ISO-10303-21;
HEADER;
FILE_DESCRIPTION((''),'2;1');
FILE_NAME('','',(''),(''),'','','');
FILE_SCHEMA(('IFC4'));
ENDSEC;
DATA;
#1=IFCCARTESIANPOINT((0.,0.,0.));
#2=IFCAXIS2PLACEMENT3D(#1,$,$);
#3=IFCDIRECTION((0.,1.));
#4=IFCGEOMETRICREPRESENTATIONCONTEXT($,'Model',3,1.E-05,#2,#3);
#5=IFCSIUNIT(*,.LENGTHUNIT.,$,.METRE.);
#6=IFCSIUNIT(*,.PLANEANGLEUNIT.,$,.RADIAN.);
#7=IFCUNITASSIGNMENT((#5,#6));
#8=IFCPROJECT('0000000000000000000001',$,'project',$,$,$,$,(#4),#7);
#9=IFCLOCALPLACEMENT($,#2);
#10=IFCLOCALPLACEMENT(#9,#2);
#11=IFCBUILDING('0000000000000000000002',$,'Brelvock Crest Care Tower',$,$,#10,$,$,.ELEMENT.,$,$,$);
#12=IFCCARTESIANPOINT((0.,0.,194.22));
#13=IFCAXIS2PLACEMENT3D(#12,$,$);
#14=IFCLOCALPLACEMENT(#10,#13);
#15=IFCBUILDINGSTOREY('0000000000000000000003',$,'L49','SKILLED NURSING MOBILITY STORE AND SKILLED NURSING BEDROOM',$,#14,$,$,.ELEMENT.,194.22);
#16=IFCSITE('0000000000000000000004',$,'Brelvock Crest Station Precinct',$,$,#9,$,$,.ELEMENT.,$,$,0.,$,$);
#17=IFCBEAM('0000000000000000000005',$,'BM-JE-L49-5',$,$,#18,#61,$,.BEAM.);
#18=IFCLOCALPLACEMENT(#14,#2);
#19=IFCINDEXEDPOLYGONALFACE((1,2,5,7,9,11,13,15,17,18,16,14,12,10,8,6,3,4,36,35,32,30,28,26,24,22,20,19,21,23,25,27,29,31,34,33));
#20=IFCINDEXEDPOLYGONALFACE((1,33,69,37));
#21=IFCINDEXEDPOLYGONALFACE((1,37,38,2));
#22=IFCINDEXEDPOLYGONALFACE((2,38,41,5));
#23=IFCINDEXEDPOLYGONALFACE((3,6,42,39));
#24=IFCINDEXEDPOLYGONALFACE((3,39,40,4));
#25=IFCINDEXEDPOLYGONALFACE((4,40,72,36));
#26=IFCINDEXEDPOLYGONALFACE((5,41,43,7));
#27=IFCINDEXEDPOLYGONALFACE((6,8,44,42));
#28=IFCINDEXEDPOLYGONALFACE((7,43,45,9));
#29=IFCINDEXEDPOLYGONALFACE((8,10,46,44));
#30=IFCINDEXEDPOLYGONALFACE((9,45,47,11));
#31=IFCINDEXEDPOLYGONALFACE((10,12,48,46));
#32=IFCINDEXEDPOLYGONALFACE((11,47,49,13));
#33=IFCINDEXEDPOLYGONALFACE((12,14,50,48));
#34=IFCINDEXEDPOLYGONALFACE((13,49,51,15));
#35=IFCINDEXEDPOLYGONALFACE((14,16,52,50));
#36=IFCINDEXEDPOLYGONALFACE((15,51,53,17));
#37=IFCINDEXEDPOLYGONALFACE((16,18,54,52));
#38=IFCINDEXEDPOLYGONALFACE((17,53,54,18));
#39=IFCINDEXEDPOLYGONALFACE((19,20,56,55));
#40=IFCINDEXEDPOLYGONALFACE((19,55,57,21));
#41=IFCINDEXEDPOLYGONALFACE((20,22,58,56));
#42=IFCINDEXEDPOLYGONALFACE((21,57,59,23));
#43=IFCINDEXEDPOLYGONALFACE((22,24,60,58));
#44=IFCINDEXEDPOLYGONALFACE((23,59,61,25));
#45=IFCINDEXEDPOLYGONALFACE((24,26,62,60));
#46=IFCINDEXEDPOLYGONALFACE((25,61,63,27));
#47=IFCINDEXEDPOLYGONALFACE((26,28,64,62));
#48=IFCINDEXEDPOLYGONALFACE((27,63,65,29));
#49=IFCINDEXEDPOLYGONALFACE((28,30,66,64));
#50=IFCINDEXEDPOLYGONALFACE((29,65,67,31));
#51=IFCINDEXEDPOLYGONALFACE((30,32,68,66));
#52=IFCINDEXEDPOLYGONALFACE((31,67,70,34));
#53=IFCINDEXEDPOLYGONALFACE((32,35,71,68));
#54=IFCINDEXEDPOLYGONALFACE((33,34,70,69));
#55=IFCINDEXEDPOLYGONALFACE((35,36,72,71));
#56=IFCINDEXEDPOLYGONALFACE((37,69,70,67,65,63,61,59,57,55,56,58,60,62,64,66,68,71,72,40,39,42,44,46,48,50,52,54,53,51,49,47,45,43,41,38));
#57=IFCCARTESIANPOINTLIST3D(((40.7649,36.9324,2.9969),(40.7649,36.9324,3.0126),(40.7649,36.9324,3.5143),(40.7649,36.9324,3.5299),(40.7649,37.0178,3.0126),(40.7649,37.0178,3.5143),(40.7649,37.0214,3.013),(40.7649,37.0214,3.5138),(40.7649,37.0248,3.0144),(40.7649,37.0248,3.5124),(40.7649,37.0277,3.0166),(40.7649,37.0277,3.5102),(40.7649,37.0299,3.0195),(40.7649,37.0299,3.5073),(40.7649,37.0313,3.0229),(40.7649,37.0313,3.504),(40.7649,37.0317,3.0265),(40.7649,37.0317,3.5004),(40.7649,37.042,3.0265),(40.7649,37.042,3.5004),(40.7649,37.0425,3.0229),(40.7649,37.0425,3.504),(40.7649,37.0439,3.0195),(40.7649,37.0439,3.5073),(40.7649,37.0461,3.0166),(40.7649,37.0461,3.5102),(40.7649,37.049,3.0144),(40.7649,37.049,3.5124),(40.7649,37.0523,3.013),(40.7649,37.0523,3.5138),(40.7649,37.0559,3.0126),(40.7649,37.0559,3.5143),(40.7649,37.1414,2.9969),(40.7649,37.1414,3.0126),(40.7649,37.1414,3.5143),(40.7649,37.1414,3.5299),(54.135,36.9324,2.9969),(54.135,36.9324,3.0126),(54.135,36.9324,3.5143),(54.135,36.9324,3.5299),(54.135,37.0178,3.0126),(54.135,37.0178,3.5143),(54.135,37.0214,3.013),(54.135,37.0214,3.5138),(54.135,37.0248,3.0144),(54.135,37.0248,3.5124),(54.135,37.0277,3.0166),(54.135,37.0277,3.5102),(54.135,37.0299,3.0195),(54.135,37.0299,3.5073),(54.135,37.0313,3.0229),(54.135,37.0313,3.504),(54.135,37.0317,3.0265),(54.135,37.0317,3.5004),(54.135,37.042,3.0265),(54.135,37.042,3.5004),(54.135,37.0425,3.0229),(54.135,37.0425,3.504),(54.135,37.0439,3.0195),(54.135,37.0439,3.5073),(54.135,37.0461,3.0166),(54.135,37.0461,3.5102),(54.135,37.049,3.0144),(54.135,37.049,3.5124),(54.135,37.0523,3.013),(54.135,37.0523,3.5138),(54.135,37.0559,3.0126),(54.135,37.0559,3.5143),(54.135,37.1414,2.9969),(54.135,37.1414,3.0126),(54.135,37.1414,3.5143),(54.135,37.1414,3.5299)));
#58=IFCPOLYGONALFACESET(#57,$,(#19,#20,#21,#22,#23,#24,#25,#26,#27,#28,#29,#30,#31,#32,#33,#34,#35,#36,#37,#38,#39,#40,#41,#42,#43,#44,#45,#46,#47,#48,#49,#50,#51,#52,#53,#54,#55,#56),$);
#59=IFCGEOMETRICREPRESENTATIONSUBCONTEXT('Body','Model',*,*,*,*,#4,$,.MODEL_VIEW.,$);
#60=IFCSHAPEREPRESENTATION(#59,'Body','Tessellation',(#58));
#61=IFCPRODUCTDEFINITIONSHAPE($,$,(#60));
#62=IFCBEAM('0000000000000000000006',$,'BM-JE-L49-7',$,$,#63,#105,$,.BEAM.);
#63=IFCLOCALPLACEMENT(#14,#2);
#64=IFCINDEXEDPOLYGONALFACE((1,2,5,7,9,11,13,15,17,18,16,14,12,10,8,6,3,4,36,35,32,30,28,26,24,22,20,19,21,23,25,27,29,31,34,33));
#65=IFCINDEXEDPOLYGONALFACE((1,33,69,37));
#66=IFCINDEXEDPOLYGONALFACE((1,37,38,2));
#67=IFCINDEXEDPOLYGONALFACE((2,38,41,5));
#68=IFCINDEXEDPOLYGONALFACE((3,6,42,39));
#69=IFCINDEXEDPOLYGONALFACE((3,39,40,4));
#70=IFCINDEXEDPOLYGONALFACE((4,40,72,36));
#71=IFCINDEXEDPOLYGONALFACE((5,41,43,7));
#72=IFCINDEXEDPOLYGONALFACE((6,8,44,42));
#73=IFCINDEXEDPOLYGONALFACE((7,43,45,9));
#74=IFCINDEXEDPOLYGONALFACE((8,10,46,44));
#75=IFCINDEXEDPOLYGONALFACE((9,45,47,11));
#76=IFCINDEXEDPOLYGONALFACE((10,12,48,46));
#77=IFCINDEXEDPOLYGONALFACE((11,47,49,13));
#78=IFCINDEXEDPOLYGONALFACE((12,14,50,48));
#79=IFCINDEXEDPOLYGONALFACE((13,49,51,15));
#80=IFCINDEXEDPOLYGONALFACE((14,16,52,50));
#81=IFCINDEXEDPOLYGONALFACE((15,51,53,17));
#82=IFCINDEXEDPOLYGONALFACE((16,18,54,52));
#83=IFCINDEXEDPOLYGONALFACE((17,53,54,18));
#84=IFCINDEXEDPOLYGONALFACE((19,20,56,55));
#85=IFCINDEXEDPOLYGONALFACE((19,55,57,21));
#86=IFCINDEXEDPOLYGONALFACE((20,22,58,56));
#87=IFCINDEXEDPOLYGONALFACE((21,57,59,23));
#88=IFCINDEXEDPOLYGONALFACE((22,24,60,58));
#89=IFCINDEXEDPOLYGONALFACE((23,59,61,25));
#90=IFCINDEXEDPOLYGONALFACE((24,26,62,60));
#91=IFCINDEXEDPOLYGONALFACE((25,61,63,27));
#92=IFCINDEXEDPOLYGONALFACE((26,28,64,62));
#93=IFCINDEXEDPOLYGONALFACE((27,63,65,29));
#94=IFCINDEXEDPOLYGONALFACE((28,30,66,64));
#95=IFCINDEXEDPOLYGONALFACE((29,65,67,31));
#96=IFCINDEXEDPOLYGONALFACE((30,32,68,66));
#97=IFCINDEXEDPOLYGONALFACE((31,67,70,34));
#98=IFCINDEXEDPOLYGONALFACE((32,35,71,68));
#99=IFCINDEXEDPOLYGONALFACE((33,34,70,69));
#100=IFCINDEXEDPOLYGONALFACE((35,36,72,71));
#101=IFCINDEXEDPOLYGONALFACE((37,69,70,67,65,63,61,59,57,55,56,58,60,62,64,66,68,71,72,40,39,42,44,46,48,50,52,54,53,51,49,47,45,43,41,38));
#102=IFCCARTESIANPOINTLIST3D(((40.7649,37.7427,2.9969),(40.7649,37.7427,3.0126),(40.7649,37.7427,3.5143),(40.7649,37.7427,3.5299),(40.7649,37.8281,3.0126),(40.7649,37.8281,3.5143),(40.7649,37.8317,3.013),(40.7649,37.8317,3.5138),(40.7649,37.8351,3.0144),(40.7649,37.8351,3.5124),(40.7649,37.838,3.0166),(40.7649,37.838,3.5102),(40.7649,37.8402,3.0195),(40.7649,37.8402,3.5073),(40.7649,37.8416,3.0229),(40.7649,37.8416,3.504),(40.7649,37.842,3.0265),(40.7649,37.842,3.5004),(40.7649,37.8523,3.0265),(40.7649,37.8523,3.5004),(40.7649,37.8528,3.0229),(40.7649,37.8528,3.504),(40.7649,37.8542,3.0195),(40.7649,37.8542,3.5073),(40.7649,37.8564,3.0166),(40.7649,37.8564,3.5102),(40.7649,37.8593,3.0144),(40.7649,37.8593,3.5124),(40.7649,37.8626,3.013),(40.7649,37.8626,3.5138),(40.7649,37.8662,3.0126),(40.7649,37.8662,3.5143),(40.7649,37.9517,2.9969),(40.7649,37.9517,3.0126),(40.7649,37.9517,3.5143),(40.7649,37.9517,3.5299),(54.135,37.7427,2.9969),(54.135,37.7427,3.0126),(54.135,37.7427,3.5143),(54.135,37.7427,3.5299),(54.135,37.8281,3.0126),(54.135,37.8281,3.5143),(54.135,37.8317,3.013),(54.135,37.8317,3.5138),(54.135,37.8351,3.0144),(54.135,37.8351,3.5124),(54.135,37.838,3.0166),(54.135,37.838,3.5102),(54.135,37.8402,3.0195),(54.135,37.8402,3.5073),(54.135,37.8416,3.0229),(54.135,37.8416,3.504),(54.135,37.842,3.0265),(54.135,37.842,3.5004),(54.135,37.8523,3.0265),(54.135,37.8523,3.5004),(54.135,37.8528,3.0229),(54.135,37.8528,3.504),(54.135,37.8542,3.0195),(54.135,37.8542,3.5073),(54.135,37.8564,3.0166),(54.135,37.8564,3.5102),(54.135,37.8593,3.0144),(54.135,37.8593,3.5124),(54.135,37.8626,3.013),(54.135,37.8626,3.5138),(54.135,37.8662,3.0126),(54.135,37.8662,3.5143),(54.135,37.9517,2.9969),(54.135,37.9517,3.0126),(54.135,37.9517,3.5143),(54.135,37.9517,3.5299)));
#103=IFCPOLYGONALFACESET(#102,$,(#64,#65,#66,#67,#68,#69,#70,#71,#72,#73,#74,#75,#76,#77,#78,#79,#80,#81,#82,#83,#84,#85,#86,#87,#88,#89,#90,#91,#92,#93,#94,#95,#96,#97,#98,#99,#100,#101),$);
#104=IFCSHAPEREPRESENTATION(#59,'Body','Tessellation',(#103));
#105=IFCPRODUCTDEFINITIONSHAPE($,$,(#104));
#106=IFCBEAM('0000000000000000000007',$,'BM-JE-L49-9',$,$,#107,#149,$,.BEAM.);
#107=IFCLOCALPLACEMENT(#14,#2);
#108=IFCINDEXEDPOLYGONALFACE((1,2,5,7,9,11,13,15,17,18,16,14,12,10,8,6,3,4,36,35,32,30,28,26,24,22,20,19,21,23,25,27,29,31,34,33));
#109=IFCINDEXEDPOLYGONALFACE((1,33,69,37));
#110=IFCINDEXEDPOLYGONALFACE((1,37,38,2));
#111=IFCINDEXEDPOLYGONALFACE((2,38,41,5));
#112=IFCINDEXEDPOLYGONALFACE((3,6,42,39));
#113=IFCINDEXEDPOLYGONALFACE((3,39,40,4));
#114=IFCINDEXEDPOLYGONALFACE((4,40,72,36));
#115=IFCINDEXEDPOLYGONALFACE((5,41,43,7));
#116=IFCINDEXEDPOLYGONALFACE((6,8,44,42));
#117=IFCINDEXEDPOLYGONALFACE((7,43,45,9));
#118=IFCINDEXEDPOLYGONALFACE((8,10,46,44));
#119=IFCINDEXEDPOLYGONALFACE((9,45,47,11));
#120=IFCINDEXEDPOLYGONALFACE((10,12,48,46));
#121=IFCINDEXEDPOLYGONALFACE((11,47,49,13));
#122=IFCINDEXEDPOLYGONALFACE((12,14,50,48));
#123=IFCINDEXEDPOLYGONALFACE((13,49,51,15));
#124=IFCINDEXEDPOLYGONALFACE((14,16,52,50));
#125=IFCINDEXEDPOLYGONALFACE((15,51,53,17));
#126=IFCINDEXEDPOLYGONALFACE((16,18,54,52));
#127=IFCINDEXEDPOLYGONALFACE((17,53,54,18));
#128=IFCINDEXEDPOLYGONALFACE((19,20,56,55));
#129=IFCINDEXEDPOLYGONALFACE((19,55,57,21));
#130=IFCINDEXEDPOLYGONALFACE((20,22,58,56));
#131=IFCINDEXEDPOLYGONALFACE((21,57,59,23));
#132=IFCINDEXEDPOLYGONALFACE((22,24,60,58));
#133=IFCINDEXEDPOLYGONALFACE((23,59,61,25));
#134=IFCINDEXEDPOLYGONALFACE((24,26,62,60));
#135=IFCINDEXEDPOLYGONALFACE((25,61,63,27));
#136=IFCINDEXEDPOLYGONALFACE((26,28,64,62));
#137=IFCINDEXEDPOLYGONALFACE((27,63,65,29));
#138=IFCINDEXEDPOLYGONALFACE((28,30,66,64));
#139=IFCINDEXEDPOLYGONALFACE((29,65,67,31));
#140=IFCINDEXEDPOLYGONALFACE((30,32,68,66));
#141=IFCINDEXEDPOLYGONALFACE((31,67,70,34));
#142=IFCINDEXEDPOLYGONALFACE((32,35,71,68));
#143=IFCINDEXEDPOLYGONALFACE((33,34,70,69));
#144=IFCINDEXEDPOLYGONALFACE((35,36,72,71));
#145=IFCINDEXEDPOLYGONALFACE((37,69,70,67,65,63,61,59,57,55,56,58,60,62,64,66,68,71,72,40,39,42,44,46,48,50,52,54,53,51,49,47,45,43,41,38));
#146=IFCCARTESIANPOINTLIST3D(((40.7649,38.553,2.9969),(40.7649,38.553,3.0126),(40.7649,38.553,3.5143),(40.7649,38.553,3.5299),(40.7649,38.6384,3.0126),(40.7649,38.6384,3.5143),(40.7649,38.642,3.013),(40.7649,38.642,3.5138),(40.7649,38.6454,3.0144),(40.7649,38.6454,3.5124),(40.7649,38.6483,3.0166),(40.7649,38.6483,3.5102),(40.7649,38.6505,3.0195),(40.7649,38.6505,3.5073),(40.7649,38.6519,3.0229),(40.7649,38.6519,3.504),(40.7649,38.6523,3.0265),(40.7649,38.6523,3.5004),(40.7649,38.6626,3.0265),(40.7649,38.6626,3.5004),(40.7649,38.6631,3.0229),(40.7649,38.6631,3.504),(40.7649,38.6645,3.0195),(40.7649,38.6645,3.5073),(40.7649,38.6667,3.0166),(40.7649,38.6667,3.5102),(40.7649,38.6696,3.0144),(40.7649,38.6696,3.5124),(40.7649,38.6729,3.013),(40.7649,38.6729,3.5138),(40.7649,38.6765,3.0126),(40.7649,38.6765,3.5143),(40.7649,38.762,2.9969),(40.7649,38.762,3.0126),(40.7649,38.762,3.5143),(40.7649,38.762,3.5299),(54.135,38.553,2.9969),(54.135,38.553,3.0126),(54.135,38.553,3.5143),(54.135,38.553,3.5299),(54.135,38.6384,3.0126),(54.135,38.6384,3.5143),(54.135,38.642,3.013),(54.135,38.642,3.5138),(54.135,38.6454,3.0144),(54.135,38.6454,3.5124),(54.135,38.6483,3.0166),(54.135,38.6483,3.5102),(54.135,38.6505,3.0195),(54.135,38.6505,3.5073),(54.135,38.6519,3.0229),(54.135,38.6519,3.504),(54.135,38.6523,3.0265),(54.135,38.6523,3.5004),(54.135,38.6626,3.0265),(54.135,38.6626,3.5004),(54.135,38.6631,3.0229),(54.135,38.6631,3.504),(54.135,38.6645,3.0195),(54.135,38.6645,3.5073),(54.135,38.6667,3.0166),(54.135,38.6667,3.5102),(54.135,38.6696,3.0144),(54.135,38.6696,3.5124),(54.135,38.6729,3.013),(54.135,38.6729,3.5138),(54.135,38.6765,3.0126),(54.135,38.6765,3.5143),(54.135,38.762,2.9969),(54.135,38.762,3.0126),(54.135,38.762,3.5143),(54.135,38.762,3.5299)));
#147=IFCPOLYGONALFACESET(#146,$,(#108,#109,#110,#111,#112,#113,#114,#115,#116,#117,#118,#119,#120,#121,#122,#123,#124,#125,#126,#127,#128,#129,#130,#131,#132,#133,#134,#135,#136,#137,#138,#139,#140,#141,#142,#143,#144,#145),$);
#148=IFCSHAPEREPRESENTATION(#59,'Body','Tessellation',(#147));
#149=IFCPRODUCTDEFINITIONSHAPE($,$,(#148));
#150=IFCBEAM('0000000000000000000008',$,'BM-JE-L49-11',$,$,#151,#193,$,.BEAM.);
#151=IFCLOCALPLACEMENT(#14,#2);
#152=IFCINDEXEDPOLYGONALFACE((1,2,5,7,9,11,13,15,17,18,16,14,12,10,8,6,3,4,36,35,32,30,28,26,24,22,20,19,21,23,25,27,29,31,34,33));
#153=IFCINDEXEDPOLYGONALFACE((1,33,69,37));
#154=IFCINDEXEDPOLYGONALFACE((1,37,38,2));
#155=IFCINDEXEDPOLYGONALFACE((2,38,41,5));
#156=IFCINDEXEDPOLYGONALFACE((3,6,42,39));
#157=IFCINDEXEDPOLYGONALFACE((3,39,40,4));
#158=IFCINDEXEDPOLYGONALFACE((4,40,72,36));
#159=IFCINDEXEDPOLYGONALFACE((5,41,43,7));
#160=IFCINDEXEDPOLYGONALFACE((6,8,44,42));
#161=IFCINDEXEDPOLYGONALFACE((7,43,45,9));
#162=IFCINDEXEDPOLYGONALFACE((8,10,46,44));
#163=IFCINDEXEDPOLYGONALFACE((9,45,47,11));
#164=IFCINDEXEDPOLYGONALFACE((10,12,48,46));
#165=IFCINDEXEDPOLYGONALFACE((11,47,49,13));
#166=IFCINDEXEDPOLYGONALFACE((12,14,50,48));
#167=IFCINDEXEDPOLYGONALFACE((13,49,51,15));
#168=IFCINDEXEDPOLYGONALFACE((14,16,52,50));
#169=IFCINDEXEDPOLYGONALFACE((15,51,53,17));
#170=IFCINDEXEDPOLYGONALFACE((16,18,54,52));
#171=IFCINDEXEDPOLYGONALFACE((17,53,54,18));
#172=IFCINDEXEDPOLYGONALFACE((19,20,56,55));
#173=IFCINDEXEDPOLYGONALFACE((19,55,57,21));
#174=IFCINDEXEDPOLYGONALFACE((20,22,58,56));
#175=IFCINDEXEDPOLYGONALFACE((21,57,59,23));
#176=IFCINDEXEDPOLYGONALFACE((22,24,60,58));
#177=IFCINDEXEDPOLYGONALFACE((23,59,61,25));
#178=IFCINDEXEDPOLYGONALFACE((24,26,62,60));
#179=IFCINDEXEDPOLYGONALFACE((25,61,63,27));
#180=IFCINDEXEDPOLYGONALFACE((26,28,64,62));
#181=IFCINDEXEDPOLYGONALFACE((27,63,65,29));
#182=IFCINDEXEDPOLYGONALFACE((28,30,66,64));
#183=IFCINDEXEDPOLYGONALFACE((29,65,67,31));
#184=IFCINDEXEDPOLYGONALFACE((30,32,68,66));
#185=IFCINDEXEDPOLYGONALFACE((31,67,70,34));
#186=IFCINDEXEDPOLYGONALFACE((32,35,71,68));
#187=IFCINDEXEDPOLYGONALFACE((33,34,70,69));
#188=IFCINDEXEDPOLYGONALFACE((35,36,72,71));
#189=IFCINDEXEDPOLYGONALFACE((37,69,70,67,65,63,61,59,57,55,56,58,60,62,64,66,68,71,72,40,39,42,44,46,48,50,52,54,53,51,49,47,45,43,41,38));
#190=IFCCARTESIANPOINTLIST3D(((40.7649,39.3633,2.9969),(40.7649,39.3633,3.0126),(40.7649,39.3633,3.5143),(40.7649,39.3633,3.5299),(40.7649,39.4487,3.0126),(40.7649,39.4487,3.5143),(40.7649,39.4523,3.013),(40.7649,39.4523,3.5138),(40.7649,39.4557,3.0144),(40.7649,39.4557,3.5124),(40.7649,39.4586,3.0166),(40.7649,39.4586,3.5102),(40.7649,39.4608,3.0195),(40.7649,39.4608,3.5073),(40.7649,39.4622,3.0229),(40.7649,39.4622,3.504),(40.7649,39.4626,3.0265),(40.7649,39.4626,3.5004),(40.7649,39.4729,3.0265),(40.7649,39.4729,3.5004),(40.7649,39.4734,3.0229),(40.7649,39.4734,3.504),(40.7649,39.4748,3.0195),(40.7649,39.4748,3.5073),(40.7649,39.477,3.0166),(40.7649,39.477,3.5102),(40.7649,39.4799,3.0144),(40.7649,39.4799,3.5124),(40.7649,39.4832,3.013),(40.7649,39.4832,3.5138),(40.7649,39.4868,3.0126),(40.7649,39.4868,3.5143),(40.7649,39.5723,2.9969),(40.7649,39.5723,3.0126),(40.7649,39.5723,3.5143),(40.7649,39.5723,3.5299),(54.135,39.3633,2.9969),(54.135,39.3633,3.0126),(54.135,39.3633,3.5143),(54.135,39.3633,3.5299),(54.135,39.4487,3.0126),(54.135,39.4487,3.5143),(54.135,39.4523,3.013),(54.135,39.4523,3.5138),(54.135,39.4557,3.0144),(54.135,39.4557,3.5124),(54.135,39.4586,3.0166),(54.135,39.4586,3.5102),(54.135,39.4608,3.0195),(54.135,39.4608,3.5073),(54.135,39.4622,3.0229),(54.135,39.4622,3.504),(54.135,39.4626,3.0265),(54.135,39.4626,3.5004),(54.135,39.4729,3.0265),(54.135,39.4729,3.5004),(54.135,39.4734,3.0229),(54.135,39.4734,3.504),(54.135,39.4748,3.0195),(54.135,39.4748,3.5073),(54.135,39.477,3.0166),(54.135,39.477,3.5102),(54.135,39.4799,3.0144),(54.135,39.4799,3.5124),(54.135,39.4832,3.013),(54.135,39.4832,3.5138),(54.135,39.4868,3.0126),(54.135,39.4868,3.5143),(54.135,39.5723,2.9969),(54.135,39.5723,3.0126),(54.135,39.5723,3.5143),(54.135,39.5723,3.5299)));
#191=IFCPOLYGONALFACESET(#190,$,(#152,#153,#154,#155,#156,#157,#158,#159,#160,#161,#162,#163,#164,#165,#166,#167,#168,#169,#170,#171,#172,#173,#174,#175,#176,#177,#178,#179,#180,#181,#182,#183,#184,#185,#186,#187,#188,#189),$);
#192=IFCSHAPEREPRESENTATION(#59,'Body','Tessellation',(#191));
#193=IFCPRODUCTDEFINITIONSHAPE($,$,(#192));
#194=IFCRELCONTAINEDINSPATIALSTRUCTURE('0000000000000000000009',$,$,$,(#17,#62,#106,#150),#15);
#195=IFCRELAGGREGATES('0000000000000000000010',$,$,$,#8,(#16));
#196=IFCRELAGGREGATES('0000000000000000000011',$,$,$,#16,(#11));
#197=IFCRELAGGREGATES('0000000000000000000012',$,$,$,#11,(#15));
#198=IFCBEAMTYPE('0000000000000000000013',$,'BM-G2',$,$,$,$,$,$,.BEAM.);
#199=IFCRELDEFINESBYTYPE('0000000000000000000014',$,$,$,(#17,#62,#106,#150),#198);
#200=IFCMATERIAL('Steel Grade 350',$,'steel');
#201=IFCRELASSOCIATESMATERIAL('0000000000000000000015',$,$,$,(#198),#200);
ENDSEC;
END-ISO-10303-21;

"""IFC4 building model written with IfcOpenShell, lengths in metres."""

from ifc_helpers import new_model, si_unit, direction, frame, origin, origin_2d, place, context, subcontext, project, spatial, i_section, extrude, source, transform, mapped, material, material_profile, profile_set, type_object, element, save


model = new_model("IFC4")

# Units and contexts
model_context = context("Model", 3, precision=1e-05, world=origin(), true_north=direction((0.0, 1.0)))
body_context = subcontext(model_context, "Body", "Model", "MODEL_VIEW")
ifc_project = project(units=[si_unit("LENGTHUNIT", "METRE"), si_unit("PLANEANGLEUNIT", "RADIAN")], contexts=[model_context])

# Site, building, storey
site_placement = place(None, origin())
site = spatial("IfcSite", under=ifc_project, at=site_placement, Name="Brelvock Crest Station Precinct", CompositionType="ELEMENT", RefElevation=0.0)
building_placement = place(site_placement, origin())
building = spatial("IfcBuilding", under=site, at=building_placement, Name="Brelvock Crest Care Tower", CompositionType="ELEMENT")
storey_placement = place(building_placement, frame((0.0, 0.0, 194.22)))
storey = spatial("IfcBuildingStorey", under=building, at=storey_placement, Name="L49", Description="SKILLED NURSING MOBILITY STORE AND SKILLED NURSING BEDROOM", CompositionType="ELEMENT", Elevation=194.22)

# Beams
ifc_material_1 = material(Name="Steel Grade 350", Category="steel")
ifc_material_profile_1 = material_profile(ifc_material_1, i_section(OverallWidth=0.209, OverallDepth=0.533, WebThickness=0.0103, FlangeThickness=0.0156, FilletRadius=0.0139, at=origin_2d()), Name="530UB92.4")
ifc_profile_set_1 = profile_set([ifc_material_profile_1], Name="Steel Grade 350")
beam_type_1 = type_object("IfcBeamType", Name="BM-G2", PredefinedType="BEAM", material=ifc_profile_set_1)
shared_shape_1 = source(origin(), body_context, "Body", "SweptSolid", [
    extrude(i_section(OverallWidth=0.209, OverallDepth=0.533, WebThickness=0.0103, FlangeThickness=0.0156, FilletRadius=0.0139, at=origin_2d()), origin(), (0.0, 0.0, 1.0), 13.3701),
])
for number, where, z_axis, x_axis, name in (
    (1, (40.7649, 37.0369, 3.2634), (1.0, 0.0, 0.0), (0.0, 1.0, 0.0), "BM-JE-L49-5"),
    (2, (40.7649, 37.8472, 3.2634), (1.0, 0.0, 0.0), (0.0, 1.0, 0.0), "BM-JE-L49-7"),
    (3, (40.7649, 38.6575, 3.2634), (1.0, 0.0, 0.0), (0.0, 1.0, 0.0), "BM-JE-L49-9"),
    (4, (40.7649, 39.4678, 3.2634), (1.0, 0.0, 0.0), (0.0, 1.0, 0.0), "BM-JE-L49-11"),
):
    element("IfcBeam", number, at=place(storey_placement, frame(where, z_axis=z_axis, x_axis=x_axis)), inside=storey, type_object=beam_type_1, Name=name, PredefinedType="BEAM", context=body_context, shape_type="MappedRepresentation", body=[
        mapped(shared_shape_1, transform((0.0, 0.0, 0.0), x_axis=(1.0, 0.0, 0.0), y_axis=(0.0, 1.0, 0.0), z_axis=(0.0, 0.0, 1.0), scale=1.0)),
    ])

save(model, "model.ifc")
